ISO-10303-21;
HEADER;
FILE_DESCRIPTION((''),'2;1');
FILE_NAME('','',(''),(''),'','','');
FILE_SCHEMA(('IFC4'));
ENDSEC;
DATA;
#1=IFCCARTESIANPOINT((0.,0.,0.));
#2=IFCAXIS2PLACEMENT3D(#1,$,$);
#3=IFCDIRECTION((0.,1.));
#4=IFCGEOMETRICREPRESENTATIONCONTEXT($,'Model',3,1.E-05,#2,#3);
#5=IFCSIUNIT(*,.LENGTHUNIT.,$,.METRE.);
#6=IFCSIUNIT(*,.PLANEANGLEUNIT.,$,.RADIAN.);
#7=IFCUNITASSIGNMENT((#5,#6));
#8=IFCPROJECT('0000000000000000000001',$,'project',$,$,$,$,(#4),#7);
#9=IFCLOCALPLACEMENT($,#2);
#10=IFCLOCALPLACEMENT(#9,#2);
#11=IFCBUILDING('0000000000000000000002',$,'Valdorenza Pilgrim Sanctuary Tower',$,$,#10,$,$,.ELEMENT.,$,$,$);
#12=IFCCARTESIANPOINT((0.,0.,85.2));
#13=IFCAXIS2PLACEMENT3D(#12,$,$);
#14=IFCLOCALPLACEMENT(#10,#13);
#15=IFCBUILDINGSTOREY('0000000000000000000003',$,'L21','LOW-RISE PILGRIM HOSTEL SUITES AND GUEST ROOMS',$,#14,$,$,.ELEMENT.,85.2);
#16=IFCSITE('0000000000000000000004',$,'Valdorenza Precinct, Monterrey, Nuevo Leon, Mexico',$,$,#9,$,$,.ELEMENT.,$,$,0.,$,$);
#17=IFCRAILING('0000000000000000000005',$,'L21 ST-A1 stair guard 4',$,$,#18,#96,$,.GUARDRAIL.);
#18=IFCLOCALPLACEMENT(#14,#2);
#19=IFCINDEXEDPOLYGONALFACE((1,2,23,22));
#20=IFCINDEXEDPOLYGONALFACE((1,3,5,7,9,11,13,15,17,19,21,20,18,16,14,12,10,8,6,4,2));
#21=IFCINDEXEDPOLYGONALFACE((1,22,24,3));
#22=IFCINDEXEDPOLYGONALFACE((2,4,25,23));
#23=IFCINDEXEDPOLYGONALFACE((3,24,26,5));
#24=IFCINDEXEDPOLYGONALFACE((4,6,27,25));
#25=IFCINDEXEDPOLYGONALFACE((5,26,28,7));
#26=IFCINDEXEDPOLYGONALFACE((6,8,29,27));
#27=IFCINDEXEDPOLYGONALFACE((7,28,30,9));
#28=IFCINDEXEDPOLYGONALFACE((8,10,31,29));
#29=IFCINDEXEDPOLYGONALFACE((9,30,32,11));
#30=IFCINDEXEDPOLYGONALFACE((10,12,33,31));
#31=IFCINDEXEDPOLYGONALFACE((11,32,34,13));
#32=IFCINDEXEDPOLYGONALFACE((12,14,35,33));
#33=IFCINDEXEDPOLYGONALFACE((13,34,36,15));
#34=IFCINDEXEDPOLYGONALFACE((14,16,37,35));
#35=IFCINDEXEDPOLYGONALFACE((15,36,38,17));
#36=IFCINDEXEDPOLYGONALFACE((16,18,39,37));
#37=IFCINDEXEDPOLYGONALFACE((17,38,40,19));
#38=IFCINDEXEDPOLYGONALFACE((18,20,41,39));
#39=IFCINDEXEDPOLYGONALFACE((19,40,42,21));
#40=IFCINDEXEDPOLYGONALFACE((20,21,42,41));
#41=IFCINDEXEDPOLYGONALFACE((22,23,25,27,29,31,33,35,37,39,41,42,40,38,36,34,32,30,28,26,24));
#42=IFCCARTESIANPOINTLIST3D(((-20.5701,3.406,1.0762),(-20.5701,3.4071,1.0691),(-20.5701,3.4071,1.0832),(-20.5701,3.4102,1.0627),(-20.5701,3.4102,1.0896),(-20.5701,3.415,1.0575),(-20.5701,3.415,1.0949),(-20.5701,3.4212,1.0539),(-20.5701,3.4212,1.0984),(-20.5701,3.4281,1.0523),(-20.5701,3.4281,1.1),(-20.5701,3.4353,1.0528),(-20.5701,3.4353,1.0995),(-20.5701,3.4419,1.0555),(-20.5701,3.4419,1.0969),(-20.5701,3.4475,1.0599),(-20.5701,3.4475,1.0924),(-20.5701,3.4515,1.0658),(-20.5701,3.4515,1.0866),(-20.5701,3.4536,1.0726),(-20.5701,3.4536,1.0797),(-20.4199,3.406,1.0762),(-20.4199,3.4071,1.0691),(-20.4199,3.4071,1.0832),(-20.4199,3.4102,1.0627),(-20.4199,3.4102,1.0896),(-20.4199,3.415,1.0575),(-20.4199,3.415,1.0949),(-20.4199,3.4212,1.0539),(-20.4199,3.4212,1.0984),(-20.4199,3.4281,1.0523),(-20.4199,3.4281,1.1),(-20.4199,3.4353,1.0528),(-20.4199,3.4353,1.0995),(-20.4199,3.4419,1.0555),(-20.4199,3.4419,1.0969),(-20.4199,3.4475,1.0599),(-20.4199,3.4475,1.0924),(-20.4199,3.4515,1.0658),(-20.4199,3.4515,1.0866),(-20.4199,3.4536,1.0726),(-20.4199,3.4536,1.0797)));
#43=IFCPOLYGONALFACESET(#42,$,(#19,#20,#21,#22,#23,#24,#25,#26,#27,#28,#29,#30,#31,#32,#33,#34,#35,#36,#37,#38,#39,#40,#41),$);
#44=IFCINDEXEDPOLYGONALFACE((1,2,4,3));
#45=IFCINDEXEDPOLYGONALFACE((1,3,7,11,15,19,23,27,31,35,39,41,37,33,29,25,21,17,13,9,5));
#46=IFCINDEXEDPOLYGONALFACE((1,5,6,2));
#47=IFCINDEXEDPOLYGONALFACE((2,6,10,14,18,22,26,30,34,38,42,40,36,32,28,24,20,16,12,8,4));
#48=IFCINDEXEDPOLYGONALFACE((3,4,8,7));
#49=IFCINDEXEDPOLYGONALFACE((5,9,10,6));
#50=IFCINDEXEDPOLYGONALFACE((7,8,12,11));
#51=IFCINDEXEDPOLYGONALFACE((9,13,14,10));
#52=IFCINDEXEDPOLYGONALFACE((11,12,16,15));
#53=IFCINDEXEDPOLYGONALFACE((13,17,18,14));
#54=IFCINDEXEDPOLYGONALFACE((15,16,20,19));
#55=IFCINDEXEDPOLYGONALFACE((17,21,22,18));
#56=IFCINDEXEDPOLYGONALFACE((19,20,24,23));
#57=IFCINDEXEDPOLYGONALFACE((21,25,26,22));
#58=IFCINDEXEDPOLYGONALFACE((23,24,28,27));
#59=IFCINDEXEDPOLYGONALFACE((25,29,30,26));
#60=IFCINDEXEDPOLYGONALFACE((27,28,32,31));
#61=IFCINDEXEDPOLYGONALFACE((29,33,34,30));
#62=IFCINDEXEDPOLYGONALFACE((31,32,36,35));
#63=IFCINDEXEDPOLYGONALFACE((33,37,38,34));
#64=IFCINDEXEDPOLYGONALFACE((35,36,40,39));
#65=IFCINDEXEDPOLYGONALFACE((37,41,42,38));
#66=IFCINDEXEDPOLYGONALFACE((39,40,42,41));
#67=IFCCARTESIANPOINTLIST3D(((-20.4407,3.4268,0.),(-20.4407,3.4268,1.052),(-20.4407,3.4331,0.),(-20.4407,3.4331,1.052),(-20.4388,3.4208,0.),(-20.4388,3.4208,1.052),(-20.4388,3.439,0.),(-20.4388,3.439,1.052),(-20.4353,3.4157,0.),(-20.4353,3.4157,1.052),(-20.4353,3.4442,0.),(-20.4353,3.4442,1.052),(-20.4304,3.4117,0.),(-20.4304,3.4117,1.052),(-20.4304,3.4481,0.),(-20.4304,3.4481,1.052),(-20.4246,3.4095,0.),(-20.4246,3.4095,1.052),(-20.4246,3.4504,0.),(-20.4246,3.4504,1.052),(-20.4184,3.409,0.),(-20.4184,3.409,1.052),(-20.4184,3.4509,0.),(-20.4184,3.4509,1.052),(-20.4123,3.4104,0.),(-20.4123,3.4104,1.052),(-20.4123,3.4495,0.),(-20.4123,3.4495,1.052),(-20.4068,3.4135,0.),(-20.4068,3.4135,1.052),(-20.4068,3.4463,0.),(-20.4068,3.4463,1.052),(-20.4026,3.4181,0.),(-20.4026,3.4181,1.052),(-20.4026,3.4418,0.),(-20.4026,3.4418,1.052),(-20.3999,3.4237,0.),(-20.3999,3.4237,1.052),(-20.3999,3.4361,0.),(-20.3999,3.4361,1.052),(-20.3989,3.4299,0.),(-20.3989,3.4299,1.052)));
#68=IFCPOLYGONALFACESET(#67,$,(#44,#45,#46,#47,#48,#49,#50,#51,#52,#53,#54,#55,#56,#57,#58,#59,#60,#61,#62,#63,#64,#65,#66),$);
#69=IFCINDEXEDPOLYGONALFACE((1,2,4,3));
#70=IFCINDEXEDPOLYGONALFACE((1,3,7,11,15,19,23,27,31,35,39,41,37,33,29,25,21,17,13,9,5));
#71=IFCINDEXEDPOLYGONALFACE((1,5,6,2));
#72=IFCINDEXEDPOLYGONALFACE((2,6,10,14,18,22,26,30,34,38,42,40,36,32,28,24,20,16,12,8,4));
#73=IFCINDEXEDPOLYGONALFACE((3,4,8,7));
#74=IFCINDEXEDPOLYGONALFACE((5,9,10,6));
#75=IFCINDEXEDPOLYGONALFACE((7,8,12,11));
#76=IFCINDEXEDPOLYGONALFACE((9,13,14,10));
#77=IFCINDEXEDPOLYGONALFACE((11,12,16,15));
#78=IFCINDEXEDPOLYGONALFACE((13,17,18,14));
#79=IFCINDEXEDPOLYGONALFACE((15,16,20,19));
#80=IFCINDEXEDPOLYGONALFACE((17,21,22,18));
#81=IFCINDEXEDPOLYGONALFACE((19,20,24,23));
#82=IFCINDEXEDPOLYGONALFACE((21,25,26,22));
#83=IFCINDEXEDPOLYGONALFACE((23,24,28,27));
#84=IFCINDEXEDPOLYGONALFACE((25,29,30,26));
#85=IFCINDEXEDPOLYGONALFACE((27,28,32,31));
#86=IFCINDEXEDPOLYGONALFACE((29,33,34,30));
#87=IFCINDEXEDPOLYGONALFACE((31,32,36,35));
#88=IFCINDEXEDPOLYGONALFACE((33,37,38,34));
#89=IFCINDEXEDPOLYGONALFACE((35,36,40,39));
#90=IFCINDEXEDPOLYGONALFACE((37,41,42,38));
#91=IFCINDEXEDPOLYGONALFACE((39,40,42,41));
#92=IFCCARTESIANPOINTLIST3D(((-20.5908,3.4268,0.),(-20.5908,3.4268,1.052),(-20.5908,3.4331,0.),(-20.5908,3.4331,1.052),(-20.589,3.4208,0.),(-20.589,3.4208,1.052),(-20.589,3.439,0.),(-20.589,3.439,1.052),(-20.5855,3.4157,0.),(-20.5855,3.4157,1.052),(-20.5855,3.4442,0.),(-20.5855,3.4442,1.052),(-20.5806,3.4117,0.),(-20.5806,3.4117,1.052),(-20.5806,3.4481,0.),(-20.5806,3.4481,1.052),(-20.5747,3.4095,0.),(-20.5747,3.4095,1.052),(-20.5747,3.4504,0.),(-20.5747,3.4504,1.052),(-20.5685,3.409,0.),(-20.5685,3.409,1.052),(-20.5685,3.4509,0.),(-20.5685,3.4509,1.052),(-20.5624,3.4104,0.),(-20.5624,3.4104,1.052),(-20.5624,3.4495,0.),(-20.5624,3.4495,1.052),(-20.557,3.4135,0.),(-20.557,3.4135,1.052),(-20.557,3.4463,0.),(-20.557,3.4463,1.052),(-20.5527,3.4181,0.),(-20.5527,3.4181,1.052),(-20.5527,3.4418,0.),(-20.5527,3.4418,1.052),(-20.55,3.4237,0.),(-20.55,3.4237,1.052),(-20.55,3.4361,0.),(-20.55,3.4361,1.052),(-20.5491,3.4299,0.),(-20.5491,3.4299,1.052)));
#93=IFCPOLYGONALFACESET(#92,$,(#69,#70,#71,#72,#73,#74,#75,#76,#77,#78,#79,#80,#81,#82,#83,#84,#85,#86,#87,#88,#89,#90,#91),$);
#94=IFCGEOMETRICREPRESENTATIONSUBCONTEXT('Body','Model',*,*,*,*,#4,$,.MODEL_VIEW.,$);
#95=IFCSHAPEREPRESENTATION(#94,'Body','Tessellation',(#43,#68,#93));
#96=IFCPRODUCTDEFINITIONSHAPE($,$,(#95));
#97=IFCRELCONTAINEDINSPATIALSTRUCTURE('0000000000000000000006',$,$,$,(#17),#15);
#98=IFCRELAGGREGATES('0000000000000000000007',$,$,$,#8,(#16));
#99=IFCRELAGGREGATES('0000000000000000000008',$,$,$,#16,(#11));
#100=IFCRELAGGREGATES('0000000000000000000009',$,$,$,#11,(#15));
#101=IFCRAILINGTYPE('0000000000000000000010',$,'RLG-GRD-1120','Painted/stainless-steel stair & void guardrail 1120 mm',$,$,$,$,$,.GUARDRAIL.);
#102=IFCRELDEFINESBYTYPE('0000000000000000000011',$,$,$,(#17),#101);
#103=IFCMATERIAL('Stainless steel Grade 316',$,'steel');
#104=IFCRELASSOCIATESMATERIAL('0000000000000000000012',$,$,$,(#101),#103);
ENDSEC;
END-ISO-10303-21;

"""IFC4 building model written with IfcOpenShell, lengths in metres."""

from ifc_helpers import new_model, si_unit, direction, frame, origin, origin_2d, place, context, subcontext, project, spatial, circle, extrude, material, type_object, element, save


model = new_model("IFC4")

# Units and contexts
model_context = context("Model", 3, precision=1e-05, world=origin(), true_north=direction((0.0, 1.0)))
body_context = subcontext(model_context, "Body", "Model", "MODEL_VIEW")
ifc_project = project(units=[si_unit("LENGTHUNIT", "METRE"), si_unit("PLANEANGLEUNIT", "RADIAN")], contexts=[model_context])

# Site, building, storey
site_placement = place(None, origin())
site = spatial("IfcSite", under=ifc_project, at=site_placement, Name="Valdorenza Precinct, Monterrey, Nuevo Leon, Mexico", CompositionType="ELEMENT", RefElevation=0.0)
building_placement = place(site_placement, origin())
building = spatial("IfcBuilding", under=site, at=building_placement, Name="Valdorenza Pilgrim Sanctuary Tower", CompositionType="ELEMENT")
storey_placement = place(building_placement, frame((0.0, 0.0, 85.2)))
storey = spatial("IfcBuildingStorey", under=building, at=storey_placement, Name="L21", Description="LOW-RISE PILGRIM HOSTEL SUITES AND GUEST ROOMS", CompositionType="ELEMENT", Elevation=85.2)

# Railing
ifc_material_1 = material(Name="Stainless steel Grade 316", Category="steel")
railing_type_1 = type_object("IfcRailingType", Name="RLG-GRD-1120", Description="Painted/stainless-steel stair & void guardrail 1120 mm", PredefinedType="GUARDRAIL", material=ifc_material_1)
railing_1_placement = place(storey_placement, frame((-20.4199, 3.4299, 0.0)))
element("IfcRailing", 1, at=railing_1_placement, inside=storey, type_object=railing_type_1, Name="L21 ST-A1 stair guard 4", PredefinedType="GUARDRAIL", context=body_context, shape_type="SweptSolid", body=[
    extrude(circle(Radius=0.0239, at=origin_2d()), frame((0.0, 0.0, 1.0762), z_axis=(-1.0, 0.0, 0.0), x_axis=(0.0, -1.0, 0.0)), (0.0, 0.0, 1.0), 0.1501),
    extrude(circle(Radius=0.021, at=origin_2d()), origin(), (0.0, 0.0, 1.0), 1.052),
    extrude(circle(Radius=0.021, at=origin_2d()), frame((-0.1501, 0.0, 0.0)), (0.0, 0.0, 1.0), 1.052),
])

save(model, "model.ifc")
